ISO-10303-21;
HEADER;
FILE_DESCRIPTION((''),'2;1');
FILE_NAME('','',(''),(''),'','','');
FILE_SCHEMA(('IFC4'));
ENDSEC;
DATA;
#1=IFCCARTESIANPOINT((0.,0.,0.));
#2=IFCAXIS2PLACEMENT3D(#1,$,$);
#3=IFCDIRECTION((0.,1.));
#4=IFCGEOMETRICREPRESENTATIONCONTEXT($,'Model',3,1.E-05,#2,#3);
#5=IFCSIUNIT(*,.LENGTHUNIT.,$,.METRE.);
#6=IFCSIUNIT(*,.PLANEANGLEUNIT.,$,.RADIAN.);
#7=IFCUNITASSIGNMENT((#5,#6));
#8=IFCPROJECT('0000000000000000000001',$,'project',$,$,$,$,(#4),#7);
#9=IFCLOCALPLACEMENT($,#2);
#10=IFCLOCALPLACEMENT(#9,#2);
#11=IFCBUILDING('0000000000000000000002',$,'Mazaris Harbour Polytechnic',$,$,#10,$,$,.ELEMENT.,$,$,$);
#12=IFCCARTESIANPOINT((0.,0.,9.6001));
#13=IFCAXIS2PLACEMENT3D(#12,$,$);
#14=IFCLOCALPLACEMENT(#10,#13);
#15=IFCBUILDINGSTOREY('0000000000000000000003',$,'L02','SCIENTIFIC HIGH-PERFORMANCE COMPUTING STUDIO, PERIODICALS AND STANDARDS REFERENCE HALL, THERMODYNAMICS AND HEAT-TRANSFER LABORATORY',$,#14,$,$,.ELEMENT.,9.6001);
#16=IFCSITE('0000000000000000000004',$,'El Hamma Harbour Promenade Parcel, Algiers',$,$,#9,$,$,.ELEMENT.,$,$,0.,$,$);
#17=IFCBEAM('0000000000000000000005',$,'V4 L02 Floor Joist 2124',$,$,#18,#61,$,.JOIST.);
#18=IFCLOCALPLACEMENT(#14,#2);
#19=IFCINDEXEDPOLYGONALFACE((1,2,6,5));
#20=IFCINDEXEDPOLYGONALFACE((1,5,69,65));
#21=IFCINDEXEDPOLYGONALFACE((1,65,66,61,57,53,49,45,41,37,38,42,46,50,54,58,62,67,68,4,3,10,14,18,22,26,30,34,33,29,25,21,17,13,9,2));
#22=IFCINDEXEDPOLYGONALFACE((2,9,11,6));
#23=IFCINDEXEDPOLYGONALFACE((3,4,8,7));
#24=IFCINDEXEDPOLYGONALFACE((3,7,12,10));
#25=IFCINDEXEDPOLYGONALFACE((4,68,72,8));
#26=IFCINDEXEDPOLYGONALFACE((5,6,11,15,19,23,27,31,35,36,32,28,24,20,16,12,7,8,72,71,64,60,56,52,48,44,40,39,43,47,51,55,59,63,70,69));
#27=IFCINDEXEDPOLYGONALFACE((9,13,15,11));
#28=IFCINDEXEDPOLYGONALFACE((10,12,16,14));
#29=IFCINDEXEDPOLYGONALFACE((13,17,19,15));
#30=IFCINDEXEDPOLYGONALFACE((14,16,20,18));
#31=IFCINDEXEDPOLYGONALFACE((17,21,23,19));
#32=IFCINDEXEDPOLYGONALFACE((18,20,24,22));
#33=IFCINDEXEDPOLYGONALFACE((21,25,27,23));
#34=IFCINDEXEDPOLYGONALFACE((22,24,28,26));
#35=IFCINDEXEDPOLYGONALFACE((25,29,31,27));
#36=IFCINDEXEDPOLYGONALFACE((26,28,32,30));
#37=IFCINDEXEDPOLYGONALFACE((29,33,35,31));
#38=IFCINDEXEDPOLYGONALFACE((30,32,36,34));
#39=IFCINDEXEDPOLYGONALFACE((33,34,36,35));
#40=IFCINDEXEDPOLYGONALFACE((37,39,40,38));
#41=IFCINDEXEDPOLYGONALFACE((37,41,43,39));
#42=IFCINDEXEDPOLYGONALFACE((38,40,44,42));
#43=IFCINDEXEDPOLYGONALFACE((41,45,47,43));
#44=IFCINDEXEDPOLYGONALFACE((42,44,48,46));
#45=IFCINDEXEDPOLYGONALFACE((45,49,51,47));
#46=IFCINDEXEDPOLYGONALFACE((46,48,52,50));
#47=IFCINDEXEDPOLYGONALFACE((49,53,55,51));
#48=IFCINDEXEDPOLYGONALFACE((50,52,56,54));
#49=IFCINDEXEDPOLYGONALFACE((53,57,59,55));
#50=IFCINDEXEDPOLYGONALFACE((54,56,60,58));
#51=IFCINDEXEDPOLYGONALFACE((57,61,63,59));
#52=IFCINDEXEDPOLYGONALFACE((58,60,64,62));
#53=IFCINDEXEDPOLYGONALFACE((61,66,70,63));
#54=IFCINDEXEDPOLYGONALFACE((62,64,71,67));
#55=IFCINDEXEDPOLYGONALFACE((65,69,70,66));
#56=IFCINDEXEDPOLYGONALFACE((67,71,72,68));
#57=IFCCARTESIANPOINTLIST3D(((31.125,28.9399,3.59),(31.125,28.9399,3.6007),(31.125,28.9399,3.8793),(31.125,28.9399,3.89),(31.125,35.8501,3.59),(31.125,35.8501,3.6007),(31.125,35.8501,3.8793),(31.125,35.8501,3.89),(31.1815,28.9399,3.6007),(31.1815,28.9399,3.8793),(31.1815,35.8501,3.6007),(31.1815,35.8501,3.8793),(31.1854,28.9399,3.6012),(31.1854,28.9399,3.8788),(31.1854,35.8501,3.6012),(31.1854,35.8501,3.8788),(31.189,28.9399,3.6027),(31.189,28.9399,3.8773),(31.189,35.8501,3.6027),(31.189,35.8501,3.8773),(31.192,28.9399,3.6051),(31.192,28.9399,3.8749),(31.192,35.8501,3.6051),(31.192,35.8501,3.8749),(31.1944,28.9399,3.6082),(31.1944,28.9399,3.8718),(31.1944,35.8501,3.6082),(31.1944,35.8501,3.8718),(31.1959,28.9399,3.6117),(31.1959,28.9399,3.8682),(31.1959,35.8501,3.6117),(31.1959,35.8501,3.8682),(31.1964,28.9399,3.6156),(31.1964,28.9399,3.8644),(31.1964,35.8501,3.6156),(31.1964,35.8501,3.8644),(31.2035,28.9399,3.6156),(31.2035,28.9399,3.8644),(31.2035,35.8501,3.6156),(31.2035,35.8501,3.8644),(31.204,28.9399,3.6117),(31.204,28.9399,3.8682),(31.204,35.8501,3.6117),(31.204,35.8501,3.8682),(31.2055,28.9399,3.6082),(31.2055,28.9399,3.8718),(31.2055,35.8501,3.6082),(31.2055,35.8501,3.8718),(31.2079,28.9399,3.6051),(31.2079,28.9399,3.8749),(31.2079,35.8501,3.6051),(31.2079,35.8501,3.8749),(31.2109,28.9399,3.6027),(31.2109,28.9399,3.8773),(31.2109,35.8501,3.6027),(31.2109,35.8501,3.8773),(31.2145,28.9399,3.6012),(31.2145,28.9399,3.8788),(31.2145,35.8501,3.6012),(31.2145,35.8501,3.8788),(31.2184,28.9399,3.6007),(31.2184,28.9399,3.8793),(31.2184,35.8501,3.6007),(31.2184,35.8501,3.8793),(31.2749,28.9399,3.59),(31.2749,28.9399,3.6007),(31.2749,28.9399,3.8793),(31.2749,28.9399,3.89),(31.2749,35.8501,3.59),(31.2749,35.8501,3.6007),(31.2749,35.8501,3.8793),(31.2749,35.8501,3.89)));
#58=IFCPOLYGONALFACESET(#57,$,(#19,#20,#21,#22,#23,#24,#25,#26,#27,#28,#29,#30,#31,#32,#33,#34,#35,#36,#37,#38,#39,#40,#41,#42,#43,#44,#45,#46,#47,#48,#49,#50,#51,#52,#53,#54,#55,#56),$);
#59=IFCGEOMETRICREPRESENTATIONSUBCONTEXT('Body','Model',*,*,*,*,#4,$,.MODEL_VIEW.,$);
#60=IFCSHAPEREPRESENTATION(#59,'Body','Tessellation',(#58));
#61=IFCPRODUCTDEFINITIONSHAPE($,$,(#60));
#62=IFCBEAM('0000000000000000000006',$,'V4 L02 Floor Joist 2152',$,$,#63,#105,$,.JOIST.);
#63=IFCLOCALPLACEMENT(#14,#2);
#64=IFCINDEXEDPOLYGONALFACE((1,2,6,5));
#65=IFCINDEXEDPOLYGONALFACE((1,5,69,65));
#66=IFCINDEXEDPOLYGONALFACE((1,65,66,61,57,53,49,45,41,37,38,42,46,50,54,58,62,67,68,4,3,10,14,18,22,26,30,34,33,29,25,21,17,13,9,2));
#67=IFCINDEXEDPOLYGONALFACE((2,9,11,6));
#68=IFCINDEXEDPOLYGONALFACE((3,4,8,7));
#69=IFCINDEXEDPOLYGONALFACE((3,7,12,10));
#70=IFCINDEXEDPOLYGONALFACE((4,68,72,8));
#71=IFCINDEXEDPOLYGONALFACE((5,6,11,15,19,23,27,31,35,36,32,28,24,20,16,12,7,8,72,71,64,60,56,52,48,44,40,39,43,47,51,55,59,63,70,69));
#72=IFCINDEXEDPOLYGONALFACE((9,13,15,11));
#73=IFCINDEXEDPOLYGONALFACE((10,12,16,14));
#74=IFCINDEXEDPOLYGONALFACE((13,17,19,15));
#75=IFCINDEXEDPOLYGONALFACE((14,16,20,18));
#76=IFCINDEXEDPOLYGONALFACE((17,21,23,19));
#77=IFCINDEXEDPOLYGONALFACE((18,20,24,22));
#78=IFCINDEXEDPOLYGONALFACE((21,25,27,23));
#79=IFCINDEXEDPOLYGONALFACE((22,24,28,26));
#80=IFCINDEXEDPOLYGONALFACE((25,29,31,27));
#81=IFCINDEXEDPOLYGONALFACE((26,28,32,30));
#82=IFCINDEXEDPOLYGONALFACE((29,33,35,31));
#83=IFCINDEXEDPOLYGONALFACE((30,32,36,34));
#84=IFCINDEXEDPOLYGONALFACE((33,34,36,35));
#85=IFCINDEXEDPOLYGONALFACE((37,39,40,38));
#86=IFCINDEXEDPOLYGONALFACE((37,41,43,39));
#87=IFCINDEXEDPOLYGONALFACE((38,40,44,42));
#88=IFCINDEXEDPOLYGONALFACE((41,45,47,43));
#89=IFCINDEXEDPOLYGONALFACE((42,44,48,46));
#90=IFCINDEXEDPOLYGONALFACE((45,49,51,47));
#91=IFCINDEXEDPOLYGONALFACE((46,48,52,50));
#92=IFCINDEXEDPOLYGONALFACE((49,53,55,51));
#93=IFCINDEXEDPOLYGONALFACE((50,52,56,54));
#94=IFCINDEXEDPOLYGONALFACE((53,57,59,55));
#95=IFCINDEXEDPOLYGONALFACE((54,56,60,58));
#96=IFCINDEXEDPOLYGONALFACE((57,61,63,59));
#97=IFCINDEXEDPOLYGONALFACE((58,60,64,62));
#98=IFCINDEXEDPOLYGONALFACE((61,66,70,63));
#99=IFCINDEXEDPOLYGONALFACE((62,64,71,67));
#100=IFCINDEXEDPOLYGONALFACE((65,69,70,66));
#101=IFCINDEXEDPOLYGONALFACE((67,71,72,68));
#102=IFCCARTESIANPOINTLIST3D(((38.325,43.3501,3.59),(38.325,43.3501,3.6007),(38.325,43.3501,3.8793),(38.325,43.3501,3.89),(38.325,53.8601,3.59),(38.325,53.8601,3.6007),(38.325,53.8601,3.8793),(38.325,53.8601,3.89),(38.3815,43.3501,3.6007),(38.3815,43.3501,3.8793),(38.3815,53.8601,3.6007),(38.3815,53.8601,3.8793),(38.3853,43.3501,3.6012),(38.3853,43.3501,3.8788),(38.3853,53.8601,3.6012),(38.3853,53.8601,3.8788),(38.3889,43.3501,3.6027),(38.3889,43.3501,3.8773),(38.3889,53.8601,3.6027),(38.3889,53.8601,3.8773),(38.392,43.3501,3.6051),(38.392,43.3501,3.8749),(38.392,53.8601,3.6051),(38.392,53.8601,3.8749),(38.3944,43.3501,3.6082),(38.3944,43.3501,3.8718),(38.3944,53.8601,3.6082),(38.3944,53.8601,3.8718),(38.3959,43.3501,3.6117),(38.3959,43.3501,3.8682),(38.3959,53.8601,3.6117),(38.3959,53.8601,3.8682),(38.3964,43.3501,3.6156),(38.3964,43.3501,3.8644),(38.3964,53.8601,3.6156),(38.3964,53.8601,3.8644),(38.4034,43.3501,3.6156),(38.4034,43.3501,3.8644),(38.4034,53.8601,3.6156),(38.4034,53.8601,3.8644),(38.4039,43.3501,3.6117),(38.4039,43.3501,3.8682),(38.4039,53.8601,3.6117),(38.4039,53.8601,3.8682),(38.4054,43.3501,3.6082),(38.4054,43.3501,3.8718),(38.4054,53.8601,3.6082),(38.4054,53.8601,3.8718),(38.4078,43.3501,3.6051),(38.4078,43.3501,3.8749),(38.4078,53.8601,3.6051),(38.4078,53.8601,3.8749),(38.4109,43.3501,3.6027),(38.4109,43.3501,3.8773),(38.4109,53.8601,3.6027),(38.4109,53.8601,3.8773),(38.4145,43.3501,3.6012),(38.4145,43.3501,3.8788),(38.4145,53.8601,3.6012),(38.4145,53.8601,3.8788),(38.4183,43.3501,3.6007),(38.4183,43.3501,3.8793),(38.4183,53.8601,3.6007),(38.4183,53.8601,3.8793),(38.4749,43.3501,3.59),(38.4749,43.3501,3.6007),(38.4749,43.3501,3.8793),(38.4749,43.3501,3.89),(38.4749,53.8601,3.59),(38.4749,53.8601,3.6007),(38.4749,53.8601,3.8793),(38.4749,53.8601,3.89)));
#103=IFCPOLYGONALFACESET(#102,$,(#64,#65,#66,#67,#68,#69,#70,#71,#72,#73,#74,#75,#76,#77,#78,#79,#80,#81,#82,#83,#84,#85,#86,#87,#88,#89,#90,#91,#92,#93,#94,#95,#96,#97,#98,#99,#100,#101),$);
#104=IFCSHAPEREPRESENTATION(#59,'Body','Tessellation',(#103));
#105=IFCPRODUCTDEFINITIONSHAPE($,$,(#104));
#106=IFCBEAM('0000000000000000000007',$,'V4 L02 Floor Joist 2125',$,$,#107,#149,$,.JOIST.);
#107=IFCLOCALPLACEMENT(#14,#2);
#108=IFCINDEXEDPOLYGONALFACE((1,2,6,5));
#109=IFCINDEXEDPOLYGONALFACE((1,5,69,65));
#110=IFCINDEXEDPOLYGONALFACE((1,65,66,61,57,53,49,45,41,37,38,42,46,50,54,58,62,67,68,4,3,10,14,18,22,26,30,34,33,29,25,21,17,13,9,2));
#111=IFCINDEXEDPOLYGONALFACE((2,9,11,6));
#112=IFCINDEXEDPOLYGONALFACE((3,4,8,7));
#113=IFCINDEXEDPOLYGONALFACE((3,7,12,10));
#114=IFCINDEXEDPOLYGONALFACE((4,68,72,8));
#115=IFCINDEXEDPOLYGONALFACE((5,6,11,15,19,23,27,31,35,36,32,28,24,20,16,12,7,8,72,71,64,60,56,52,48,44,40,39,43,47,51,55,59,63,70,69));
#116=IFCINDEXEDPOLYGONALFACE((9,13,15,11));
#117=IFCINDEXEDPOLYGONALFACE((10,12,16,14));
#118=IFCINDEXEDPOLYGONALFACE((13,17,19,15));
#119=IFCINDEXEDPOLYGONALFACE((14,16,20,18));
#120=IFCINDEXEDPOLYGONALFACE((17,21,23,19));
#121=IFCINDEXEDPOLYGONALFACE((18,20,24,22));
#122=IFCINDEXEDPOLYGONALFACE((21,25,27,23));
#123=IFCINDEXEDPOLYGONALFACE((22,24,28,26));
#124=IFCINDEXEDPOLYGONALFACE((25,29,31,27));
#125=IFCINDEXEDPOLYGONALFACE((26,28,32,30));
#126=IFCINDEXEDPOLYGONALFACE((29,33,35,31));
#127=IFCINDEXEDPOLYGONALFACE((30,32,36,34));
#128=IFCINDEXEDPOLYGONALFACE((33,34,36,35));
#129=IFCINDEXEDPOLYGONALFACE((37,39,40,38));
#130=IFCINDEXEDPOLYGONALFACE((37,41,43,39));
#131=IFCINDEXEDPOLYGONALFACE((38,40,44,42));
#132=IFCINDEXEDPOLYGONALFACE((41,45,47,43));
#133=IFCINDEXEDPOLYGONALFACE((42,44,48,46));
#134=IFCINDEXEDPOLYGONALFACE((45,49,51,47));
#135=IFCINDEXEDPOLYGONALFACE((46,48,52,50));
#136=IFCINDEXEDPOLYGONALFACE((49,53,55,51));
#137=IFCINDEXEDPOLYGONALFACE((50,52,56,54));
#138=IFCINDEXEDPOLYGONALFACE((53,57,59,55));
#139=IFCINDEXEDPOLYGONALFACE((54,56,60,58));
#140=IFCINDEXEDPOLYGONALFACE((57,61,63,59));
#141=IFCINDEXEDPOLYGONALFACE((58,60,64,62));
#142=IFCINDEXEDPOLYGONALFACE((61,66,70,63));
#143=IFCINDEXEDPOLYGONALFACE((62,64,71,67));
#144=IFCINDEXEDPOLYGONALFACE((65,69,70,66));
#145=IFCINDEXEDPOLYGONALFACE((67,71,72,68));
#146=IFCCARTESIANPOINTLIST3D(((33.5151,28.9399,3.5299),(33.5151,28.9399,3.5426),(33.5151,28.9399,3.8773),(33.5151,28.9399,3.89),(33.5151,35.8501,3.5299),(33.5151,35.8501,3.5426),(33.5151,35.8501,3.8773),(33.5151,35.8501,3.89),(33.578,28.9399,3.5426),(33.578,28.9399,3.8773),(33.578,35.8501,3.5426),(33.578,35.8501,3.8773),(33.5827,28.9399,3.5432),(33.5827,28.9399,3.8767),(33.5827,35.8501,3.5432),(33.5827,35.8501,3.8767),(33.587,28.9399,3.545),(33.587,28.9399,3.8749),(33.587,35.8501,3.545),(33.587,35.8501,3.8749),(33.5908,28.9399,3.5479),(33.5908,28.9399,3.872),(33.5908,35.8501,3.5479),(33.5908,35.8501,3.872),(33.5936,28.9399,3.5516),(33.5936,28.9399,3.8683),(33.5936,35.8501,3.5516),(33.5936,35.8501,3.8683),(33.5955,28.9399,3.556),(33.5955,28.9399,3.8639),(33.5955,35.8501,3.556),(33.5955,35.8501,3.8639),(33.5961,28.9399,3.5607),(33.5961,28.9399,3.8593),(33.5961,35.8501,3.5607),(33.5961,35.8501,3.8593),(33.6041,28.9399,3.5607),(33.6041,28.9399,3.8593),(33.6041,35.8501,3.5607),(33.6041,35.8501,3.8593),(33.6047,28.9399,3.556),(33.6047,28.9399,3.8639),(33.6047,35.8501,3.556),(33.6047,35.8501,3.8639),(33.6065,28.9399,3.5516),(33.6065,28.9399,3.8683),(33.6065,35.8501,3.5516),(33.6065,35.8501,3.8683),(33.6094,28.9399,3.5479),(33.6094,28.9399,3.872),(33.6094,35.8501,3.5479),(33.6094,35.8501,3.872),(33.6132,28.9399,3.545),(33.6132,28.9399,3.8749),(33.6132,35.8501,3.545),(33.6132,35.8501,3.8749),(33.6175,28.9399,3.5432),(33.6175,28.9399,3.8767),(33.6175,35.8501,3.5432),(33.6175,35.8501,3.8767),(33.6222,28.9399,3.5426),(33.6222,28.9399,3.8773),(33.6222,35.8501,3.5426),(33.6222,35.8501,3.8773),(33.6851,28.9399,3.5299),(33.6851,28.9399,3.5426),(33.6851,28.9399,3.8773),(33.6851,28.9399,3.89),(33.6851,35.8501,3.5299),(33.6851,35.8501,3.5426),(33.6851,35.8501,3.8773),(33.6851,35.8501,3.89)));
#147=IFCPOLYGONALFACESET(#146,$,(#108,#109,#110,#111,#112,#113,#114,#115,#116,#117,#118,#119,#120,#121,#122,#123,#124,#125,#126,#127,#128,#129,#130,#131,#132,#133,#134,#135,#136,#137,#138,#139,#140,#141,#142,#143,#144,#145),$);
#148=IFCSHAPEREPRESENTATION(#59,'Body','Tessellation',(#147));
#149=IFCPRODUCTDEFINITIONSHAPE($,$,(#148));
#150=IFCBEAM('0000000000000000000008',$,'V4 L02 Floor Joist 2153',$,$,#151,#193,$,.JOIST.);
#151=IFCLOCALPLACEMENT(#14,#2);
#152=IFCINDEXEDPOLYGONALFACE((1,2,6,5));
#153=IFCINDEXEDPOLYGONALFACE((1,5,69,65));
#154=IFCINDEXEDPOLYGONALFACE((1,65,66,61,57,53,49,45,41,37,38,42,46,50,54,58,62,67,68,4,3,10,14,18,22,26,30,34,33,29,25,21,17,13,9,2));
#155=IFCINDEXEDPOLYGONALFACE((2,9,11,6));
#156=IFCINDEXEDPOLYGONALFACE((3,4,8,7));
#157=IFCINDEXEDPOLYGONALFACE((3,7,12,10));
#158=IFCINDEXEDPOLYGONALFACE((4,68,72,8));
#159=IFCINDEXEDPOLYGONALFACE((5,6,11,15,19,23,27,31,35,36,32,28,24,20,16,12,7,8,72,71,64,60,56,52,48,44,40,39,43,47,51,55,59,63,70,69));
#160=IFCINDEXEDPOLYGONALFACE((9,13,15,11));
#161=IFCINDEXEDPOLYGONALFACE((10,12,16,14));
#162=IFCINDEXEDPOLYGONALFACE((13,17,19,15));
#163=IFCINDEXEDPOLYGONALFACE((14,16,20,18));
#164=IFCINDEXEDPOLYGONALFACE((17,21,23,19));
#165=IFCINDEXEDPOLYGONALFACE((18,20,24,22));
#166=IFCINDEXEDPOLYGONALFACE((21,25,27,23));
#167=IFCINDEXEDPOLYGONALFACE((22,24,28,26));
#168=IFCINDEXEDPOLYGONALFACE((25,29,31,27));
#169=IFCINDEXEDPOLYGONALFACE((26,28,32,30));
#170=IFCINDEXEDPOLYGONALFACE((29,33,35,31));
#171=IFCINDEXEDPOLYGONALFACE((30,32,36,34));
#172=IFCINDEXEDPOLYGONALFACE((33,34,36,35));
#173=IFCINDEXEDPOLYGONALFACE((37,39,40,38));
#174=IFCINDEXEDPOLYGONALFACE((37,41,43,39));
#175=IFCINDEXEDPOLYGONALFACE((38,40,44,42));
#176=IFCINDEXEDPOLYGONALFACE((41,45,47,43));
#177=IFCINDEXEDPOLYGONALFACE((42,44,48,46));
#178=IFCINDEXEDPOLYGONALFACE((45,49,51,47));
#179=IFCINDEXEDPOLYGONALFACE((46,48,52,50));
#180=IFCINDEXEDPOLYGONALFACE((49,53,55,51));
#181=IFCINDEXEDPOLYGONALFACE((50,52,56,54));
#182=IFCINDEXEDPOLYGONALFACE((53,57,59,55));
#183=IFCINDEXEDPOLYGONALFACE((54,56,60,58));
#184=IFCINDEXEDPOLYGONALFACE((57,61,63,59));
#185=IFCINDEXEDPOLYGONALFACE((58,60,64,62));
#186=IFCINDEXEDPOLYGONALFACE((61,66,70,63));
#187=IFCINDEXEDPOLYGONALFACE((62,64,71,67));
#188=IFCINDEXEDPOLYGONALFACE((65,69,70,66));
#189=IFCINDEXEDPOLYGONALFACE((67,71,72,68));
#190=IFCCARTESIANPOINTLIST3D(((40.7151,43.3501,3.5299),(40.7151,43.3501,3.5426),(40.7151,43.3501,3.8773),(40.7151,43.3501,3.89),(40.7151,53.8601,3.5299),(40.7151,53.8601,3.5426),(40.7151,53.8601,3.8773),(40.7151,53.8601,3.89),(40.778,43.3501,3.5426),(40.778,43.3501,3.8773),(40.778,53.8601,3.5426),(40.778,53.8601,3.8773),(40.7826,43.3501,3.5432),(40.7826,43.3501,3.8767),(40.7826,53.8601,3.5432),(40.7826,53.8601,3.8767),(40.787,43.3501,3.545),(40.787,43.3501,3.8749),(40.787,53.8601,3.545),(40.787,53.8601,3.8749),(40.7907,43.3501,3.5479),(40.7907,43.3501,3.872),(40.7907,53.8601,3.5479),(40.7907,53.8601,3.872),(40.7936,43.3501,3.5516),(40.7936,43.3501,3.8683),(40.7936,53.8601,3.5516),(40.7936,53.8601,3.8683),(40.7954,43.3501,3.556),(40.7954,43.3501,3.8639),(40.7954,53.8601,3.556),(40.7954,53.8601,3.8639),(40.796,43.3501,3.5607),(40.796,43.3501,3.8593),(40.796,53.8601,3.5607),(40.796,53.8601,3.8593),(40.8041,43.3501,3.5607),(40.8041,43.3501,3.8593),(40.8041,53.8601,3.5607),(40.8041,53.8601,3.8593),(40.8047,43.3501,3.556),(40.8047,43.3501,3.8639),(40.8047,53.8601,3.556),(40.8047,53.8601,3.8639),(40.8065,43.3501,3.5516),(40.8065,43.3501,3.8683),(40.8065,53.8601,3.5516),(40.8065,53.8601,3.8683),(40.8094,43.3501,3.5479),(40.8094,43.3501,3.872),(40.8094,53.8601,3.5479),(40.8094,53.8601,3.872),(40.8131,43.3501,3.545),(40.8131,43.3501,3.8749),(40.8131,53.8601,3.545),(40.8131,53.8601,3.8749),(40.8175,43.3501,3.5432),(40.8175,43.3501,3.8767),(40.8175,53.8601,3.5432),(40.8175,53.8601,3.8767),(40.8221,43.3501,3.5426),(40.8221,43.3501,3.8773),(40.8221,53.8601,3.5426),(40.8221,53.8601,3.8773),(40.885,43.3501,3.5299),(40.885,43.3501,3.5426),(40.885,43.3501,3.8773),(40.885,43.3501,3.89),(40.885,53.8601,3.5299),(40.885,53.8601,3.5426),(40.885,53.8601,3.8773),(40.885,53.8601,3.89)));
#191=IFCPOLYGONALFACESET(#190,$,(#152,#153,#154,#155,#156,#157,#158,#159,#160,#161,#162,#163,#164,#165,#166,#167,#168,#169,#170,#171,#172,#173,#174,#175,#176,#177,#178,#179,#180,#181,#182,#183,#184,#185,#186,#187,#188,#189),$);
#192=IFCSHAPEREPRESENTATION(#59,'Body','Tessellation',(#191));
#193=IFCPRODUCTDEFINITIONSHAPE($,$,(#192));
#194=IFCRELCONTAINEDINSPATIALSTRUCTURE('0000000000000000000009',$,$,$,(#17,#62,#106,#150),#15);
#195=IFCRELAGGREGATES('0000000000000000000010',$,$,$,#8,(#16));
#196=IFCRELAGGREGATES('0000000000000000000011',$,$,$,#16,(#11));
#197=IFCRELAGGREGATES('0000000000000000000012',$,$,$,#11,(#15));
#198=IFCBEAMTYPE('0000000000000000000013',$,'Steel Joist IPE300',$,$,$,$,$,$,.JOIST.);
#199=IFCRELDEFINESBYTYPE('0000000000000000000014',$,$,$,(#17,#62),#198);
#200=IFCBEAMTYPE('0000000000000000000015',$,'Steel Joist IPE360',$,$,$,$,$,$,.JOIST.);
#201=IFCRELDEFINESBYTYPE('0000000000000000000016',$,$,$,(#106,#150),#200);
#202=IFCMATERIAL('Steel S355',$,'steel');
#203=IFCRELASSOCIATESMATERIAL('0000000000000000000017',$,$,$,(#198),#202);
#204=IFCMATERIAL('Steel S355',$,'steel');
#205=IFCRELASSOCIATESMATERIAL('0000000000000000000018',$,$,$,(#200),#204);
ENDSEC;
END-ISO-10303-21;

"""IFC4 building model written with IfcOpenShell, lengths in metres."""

from ifc_helpers import new_model, si_unit, direction, frame, origin, origin_2d, place, context, subcontext, project, spatial, i_section, extrude, material, material_profile, profile_set, type_object, element, save


model = new_model("IFC4")

# Units and contexts
model_context = context("Model", 3, precision=1e-05, world=origin(), true_north=direction((0.0, 1.0)))
body_context = subcontext(model_context, "Body", "Model", "MODEL_VIEW")
ifc_project = project(units=[si_unit("LENGTHUNIT", "METRE"), si_unit("PLANEANGLEUNIT", "RADIAN")], contexts=[model_context])

# Site, building, storey
site_placement = place(None, origin())
site = spatial("IfcSite", under=ifc_project, at=site_placement, Name="El Hamma Harbour Promenade Parcel, Algiers", CompositionType="ELEMENT", RefElevation=0.0)
building_placement = place(site_placement, origin())
building = spatial("IfcBuilding", under=site, at=building_placement, Name="Mazaris Harbour Polytechnic", CompositionType="ELEMENT")
storey_placement = place(building_placement, frame((0.0, 0.0, 9.6001)))
storey = spatial("IfcBuildingStorey", under=building, at=storey_placement, Name="L02", Description="SCIENTIFIC HIGH-PERFORMANCE COMPUTING STUDIO, PERIODICALS AND STANDARDS REFERENCE HALL, THERMODYNAMICS AND HEAT-TRANSFER LABORATORY", CompositionType="ELEMENT", Elevation=9.6001)

# Beams
ifc_material_1 = material(Name="Steel S355", Category="steel")
ifc_material_profile_1 = material_profile(ifc_material_1, i_section(OverallWidth=0.1499, OverallDepth=0.3, WebThickness=0.0071, FlangeThickness=0.0107, FilletRadius=0.0149, at=origin_2d()), Name="IPE 300")
ifc_profile_set_1 = profile_set([ifc_material_profile_1], Name="Steel S355")
beam_type_1 = type_object("IfcBeamType", Name="Steel Joist IPE300", PredefinedType="JOIST", material=ifc_profile_set_1)
beam_1_placement = place(storey_placement, frame((31.2, 28.9399, 3.74), z_axis=(0.0, 1.0, 0.0), x_axis=(-1.0, 0.0, 0.0)))
element("IfcBeam", 1, at=beam_1_placement, inside=storey, type_object=beam_type_1, Name="V4 L02 Floor Joist 2124", PredefinedType="JOIST", context=body_context, shape_type="SweptSolid", body=[
    extrude(i_section(OverallWidth=0.1499, OverallDepth=0.3, WebThickness=0.0071, FlangeThickness=0.0107, FilletRadius=0.0149, at=origin_2d()), origin(), (0.0, 0.0, 1.0), 6.9102),
])
beam_2_placement = place(storey_placement, frame((38.3999, 43.3501, 3.74), z_axis=(0.0, 1.0, 0.0), x_axis=(-1.0, 0.0, 0.0)))
element("IfcBeam", 2, at=beam_2_placement, inside=storey, type_object=beam_type_1, Name="V4 L02 Floor Joist 2152", PredefinedType="JOIST", context=body_context, shape_type="SweptSolid", body=[
    extrude(i_section(OverallWidth=0.1499, OverallDepth=0.3, WebThickness=0.0071, FlangeThickness=0.0107, FilletRadius=0.0149, at=origin_2d()), origin(), (0.0, 0.0, 1.0), 10.51),
])
ifc_material_2 = material(Name="Steel S355", Category="steel")
ifc_material_profile_2 = material_profile(ifc_material_2, i_section(OverallWidth=0.1699, OverallDepth=0.3601, WebThickness=0.0081, FlangeThickness=0.0127, FilletRadius=0.0181, at=origin_2d()), Name="IPE 360")
ifc_profile_set_2 = profile_set([ifc_material_profile_2], Name="Steel S355")
beam_type_2 = type_object("IfcBeamType", Name="Steel Joist IPE360", PredefinedType="JOIST", material=ifc_profile_set_2)
beam_3_placement = place(storey_placement, frame((33.6001, 28.9399, 3.71), z_axis=(0.0, 1.0, 0.0), x_axis=(-1.0, 0.0, 0.0)))
element("IfcBeam", 3, at=beam_3_placement, inside=storey, type_object=beam_type_2, Name="V4 L02 Floor Joist 2125", PredefinedType="JOIST", context=body_context, shape_type="SweptSolid", body=[
    extrude(i_section(OverallWidth=0.1699, OverallDepth=0.3601, WebThickness=0.0081, FlangeThickness=0.0127, FilletRadius=0.0181, at=origin_2d()), origin(), (0.0, 0.0, 1.0), 6.9102),
])
beam_4_placement = place(storey_placement, frame((40.8, 43.3501, 3.71), z_axis=(0.0, 1.0, 0.0), x_axis=(-1.0, 0.0, 0.0)))
element("IfcBeam", 4, at=beam_4_placement, inside=storey, type_object=beam_type_2, Name="V4 L02 Floor Joist 2153", PredefinedType="JOIST", context=body_context, shape_type="SweptSolid", body=[
    extrude(i_section(OverallWidth=0.1699, OverallDepth=0.3601, WebThickness=0.0081, FlangeThickness=0.0127, FilletRadius=0.0181, at=origin_2d()), origin(), (0.0, 0.0, 1.0), 10.51),
])

save(model, "model.ifc")
